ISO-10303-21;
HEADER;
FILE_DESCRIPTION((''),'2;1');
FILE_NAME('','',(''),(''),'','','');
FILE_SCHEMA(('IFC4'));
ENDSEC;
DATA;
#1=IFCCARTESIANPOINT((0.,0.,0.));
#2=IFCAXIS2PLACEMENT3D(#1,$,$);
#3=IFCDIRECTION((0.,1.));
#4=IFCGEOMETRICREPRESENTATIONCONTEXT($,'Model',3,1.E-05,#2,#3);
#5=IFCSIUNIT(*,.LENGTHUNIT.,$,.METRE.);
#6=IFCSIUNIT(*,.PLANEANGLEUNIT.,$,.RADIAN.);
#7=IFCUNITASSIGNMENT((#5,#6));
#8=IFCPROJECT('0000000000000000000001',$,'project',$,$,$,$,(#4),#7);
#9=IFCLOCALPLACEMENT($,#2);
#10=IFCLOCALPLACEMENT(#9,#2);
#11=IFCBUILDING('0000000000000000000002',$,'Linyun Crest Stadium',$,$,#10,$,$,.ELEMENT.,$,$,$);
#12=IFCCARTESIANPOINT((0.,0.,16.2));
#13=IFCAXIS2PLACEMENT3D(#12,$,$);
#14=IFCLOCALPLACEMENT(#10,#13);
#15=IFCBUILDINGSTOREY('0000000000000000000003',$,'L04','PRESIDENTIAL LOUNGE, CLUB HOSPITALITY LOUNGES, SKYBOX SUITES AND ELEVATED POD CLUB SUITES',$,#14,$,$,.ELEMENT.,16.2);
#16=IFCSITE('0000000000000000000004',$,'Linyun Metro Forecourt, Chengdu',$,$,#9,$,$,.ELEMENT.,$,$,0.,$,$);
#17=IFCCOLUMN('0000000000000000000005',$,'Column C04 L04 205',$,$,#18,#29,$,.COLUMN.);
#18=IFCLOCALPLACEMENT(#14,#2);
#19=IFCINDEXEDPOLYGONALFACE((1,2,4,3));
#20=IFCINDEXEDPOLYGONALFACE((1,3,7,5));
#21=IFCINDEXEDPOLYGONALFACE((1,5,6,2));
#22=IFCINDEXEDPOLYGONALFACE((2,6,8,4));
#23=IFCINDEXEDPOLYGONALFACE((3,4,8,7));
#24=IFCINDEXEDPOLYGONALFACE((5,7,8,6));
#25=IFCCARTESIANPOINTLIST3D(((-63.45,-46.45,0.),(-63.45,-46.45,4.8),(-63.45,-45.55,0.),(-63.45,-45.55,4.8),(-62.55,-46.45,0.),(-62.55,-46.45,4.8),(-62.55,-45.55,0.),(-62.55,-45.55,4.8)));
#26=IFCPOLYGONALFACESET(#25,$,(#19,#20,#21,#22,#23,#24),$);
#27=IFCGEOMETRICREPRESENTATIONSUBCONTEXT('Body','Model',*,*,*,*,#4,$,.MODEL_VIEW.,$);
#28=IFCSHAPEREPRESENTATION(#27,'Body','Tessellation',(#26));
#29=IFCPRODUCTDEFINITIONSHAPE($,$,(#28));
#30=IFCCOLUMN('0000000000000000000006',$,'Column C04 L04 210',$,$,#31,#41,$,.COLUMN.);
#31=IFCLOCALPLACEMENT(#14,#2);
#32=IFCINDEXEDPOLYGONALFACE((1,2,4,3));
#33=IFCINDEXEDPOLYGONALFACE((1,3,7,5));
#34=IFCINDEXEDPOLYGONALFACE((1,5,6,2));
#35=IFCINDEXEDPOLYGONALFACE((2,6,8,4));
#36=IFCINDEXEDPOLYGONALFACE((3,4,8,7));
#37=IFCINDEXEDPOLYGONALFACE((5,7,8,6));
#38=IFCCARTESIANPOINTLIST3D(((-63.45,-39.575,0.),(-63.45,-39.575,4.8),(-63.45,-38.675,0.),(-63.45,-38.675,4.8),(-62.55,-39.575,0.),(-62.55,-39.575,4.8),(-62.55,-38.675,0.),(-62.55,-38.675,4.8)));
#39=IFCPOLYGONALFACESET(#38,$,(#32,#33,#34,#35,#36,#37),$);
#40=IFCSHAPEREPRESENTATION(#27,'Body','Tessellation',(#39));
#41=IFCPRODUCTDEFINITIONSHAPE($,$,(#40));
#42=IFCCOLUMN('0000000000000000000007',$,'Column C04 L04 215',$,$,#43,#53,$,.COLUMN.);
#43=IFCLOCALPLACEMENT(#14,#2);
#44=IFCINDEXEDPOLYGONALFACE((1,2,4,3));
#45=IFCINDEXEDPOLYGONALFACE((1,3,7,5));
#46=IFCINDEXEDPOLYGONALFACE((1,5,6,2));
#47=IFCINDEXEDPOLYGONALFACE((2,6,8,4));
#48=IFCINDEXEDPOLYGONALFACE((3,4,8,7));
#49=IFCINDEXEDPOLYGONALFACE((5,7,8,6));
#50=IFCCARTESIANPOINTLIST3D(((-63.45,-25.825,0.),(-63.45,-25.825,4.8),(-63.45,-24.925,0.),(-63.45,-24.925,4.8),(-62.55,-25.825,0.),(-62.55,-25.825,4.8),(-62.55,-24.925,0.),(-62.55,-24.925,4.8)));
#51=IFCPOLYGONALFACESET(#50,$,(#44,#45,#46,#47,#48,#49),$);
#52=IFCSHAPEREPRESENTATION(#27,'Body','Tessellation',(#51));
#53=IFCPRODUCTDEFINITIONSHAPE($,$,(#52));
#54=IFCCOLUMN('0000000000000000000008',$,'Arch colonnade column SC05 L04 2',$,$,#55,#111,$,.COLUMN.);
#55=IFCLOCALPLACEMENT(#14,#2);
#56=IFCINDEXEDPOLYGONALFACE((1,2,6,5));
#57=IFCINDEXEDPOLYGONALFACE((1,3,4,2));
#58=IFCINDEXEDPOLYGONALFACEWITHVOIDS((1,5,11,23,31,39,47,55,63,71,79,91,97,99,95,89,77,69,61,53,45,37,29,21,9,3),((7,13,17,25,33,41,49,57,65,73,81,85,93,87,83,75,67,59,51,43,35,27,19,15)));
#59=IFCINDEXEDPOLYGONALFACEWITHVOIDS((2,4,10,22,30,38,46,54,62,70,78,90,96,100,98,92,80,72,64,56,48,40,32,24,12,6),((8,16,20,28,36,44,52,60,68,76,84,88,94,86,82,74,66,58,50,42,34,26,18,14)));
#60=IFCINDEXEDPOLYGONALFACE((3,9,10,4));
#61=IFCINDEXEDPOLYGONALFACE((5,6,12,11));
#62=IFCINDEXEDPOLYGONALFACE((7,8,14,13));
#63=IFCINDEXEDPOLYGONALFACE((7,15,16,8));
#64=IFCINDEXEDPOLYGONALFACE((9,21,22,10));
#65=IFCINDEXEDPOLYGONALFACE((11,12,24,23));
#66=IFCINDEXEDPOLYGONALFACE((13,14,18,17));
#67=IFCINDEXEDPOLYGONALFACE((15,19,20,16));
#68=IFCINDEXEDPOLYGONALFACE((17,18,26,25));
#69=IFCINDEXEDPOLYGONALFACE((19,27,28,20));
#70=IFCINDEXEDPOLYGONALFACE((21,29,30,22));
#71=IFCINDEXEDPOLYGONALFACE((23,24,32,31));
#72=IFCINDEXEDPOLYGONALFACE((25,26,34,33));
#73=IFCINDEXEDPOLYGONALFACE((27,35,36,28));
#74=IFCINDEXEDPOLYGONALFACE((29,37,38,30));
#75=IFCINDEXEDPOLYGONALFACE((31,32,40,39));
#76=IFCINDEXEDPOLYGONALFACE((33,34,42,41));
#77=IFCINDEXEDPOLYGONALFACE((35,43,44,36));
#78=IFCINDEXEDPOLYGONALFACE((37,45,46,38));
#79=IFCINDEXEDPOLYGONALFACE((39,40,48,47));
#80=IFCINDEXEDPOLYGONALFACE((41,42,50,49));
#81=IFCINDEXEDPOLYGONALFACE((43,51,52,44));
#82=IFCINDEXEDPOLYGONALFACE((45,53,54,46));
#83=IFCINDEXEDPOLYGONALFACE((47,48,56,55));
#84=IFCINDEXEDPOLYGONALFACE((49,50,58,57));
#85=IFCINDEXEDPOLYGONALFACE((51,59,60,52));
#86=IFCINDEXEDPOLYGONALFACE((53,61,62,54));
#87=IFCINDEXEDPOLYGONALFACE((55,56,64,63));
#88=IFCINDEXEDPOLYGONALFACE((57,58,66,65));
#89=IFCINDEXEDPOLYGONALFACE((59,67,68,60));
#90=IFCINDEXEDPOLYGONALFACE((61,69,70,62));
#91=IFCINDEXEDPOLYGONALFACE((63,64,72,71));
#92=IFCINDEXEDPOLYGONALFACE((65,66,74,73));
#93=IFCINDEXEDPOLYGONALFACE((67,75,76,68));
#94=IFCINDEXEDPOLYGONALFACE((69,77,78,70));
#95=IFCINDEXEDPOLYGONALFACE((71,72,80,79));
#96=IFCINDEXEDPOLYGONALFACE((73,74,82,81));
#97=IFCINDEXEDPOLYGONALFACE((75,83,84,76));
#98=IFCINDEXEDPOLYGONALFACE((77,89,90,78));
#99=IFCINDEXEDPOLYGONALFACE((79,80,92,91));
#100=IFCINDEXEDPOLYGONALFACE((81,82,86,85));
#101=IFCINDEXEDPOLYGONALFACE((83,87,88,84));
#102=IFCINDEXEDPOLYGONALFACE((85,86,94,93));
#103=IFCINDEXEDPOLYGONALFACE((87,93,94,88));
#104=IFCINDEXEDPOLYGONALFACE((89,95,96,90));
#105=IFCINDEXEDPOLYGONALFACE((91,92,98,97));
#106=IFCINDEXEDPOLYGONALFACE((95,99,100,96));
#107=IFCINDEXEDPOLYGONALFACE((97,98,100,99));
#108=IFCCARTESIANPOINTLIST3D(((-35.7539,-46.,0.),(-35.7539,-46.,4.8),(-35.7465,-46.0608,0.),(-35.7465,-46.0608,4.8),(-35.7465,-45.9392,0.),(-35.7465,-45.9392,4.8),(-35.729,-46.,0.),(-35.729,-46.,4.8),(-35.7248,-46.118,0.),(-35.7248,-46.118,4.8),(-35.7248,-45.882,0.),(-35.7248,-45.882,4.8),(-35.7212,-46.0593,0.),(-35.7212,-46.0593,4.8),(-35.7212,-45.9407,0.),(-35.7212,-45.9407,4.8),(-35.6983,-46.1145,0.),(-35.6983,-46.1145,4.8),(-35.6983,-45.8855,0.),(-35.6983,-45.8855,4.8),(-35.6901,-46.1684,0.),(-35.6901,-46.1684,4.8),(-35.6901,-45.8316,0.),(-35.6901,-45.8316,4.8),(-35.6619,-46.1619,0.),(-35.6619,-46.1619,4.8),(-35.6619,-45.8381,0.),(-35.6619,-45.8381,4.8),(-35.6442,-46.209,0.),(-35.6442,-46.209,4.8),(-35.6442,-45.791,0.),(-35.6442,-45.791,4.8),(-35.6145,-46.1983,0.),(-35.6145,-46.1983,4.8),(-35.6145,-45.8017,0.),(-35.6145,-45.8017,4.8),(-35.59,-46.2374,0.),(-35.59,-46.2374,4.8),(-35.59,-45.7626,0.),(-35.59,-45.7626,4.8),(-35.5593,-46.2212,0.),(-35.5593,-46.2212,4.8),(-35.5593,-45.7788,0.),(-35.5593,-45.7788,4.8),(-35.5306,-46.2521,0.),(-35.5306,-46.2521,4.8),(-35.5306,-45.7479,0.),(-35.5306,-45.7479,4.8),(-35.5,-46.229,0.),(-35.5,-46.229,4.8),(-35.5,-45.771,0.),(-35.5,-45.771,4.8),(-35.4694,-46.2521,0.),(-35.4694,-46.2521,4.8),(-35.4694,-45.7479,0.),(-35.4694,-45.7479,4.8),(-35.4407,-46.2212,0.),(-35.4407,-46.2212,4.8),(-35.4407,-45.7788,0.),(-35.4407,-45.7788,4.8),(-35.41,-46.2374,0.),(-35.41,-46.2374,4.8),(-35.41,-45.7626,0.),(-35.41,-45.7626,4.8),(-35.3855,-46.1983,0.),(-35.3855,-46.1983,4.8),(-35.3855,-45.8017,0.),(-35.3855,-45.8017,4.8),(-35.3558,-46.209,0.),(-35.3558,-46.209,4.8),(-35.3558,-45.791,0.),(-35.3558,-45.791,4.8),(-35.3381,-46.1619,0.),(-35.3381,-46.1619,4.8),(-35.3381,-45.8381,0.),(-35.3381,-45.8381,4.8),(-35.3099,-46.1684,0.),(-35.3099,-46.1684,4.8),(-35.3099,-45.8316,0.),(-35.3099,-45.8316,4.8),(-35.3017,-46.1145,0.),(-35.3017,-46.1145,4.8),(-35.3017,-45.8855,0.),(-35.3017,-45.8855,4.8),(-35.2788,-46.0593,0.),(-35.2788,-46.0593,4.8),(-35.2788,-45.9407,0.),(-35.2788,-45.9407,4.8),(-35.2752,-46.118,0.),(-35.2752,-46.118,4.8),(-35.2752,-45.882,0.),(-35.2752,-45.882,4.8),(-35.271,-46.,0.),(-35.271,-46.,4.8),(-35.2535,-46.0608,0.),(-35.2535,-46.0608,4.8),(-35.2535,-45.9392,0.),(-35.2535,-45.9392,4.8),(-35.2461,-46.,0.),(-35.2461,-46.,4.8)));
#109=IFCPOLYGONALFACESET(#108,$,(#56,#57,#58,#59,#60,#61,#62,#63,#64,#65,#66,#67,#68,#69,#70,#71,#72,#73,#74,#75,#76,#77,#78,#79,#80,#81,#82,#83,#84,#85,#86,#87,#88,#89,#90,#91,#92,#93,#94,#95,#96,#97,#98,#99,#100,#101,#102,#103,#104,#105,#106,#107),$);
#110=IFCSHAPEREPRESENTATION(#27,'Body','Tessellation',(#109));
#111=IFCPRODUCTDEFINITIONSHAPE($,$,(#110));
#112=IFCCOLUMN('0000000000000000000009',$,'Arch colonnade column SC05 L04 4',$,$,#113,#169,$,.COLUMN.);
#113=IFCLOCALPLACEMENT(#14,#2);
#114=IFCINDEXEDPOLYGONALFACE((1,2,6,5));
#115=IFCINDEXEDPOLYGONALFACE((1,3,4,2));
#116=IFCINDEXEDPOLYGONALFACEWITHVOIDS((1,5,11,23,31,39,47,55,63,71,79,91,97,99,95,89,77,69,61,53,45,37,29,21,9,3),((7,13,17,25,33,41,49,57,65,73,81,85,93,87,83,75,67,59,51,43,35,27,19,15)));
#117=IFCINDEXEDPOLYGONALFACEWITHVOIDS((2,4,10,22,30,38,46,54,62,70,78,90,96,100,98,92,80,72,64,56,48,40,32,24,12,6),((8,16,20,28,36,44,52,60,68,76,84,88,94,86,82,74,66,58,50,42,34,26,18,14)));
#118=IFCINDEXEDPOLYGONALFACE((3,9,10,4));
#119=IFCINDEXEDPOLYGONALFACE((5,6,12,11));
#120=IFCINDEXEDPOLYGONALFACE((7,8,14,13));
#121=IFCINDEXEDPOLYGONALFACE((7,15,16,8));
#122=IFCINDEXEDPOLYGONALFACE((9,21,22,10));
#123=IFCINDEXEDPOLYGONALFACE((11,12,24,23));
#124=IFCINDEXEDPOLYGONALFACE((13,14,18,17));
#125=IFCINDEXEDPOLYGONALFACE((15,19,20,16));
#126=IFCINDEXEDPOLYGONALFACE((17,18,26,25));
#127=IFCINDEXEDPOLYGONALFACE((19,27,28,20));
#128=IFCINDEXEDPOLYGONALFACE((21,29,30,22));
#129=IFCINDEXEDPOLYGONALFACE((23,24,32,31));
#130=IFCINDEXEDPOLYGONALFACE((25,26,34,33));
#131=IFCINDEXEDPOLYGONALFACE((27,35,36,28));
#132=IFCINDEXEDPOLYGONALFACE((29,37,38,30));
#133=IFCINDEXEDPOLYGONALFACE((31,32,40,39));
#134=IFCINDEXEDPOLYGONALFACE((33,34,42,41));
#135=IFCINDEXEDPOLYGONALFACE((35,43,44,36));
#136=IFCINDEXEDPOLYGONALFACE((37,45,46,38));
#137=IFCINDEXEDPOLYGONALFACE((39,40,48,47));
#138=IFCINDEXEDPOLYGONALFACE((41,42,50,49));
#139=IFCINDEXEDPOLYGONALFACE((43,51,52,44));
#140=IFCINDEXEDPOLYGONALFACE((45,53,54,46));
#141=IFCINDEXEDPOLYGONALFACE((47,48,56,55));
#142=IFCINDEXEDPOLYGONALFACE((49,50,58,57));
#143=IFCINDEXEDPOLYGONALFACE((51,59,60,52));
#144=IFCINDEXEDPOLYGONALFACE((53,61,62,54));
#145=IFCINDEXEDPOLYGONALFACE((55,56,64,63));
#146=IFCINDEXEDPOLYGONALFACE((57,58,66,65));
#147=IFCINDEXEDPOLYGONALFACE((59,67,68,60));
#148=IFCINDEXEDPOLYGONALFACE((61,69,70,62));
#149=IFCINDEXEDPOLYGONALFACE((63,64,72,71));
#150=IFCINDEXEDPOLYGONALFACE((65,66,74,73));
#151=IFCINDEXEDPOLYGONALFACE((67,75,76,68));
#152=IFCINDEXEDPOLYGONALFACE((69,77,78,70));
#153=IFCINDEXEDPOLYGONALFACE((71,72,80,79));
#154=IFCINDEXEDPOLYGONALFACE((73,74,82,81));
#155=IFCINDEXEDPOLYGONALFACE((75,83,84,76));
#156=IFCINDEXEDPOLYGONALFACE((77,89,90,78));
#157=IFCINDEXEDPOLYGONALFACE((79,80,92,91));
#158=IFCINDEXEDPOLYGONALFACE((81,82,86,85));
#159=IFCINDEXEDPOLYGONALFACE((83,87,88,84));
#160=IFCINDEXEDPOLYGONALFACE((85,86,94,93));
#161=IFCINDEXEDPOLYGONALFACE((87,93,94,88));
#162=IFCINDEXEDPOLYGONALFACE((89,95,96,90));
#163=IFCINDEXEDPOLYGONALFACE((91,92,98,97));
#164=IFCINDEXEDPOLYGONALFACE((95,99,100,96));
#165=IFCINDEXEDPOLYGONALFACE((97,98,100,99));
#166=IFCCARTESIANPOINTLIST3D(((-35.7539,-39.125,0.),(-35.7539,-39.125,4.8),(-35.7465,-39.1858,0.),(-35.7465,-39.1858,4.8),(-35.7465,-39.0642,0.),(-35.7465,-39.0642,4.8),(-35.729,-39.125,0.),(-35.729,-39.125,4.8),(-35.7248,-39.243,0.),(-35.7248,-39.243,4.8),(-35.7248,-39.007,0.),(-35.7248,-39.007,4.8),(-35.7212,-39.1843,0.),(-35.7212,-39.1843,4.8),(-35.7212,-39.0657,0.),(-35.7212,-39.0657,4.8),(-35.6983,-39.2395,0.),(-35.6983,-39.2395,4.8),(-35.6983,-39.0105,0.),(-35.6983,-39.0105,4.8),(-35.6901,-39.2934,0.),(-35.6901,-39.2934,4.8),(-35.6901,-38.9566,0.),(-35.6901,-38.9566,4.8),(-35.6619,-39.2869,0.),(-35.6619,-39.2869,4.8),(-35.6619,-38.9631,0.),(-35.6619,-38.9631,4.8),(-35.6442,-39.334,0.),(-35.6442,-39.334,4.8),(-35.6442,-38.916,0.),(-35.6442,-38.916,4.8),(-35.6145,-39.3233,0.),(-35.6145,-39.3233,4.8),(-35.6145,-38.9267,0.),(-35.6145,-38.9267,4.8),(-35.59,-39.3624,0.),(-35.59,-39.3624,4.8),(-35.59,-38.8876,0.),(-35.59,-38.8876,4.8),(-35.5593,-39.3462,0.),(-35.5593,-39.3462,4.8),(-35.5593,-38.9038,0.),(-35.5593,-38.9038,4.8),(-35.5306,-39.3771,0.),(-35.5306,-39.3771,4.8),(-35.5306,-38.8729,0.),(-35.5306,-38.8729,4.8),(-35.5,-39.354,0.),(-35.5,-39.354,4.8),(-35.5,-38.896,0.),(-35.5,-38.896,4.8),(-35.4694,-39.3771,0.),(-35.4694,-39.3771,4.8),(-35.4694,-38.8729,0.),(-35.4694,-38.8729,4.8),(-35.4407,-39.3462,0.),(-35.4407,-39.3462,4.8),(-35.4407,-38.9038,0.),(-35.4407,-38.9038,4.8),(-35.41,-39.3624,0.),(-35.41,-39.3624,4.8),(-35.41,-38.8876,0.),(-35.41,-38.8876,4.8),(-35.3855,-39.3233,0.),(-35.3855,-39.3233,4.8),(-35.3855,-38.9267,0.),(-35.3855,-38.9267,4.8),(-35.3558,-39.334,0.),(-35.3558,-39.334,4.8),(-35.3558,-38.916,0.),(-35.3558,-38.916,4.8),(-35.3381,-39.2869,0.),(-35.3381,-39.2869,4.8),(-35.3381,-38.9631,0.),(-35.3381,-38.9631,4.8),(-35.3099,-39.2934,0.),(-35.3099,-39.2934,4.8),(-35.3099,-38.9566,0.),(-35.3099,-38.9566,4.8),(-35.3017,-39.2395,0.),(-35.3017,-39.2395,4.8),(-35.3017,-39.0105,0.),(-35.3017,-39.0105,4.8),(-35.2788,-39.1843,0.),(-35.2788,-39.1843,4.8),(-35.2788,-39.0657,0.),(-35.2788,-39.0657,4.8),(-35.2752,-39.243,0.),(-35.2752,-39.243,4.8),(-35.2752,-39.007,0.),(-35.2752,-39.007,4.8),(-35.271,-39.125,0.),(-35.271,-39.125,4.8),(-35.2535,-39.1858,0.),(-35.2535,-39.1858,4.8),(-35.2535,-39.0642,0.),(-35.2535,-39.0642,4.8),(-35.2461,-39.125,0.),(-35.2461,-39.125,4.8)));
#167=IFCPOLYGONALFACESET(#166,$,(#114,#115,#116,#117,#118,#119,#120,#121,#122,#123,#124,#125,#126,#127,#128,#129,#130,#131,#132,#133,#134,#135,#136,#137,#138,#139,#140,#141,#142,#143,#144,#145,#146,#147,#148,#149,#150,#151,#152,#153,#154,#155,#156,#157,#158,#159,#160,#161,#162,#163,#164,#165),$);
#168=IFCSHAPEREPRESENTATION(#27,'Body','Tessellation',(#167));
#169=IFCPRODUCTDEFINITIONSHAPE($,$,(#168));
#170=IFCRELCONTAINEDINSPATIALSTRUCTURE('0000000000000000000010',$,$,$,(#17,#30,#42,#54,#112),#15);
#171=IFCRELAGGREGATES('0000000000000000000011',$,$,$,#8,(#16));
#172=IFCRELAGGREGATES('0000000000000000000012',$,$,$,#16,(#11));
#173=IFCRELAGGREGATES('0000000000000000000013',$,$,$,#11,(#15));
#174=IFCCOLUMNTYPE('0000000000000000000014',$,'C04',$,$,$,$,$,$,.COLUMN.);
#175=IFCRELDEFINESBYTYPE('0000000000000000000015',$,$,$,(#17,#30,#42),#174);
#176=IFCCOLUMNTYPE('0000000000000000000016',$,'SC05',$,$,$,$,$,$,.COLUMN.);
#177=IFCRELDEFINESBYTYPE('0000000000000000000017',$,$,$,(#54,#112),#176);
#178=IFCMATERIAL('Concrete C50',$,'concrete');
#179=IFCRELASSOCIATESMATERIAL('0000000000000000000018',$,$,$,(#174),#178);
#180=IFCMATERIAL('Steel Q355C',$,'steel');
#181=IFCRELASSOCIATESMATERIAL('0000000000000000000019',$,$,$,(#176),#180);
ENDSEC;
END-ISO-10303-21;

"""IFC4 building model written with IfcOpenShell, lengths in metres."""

from ifc_helpers import new_model, si_unit, direction, frame, origin, origin_2d, place, context, subcontext, project, spatial, rectangle, hollow_circle, extrude, material, material_profile, profile_set, type_object, element, save


model = new_model("IFC4")

# Units and contexts
model_context = context("Model", 3, precision=1e-05, world=origin(), true_north=direction((0.0, 1.0)))
body_context = subcontext(model_context, "Body", "Model", "MODEL_VIEW")
ifc_project = project(units=[si_unit("LENGTHUNIT", "METRE"), si_unit("PLANEANGLEUNIT", "RADIAN")], contexts=[model_context])

# Site, building, storey
site_placement = place(None, origin())
site = spatial("IfcSite", under=ifc_project, at=site_placement, Name="Linyun Metro Forecourt, Chengdu", CompositionType="ELEMENT", RefElevation=0.0)
building_placement = place(site_placement, origin())
building = spatial("IfcBuilding", under=site, at=building_placement, Name="Linyun Crest Stadium", CompositionType="ELEMENT")
storey_placement = place(building_placement, frame((0.0, 0.0, 16.2)))
storey = spatial("IfcBuildingStorey", under=building, at=storey_placement, Name="L04", Description="PRESIDENTIAL LOUNGE, CLUB HOSPITALITY LOUNGES, SKYBOX SUITES AND ELEVATED POD CLUB SUITES", CompositionType="ELEMENT", Elevation=16.2)

# Columns
ifc_material_1 = material(Name="Concrete C50", Category="concrete")
ifc_material_profile_1 = material_profile(ifc_material_1, rectangle(XDim=0.8999, YDim=0.8999, at=origin_2d()), Name="RC 900x900")
ifc_profile_set_1 = profile_set([ifc_material_profile_1], Name="Concrete C50")
column_type_1 = type_object("IfcColumnType", Name="C04", PredefinedType="COLUMN", material=ifc_profile_set_1)
for number, where, z_axis, x_axis, name in (
    (1, (-63.0, -46.0, 0.0), (0.0, 0.0, 1.0), (1.0, 0.0, 0.0), "Column C04 L04 205"),
    (2, (-63.0, -39.125, 0.0), (0.0, 0.0, 1.0), (1.0, 0.0, 0.0), "Column C04 L04 210"),
    (3, (-63.0, -25.375, 0.0), (0.0, 0.0, 1.0), (1.0, 0.0, 0.0), "Column C04 L04 215"),
):
    element("IfcColumn", number, at=place(storey_placement, frame(where, z_axis=z_axis, x_axis=x_axis)), inside=storey, type_object=column_type_1, Name=name, PredefinedType="COLUMN", context=body_context, shape_type="SweptSolid", body=[
        extrude(rectangle(XDim=0.8999, YDim=0.8999, at=origin_2d()), origin(), (0.0, 0.0, 1.0), 4.8),
    ])
ifc_material_2 = material(Name="Steel Q355C", Category="steel")
ifc_material_profile_2 = material_profile(ifc_material_2, hollow_circle(Radius=0.2539, WallThickness=0.0249, at=origin_2d()), Name="CHS 508x25")
ifc_profile_set_2 = profile_set([ifc_material_profile_2], Name="Steel Q355C")
column_type_2 = type_object("IfcColumnType", Name="SC05", PredefinedType="COLUMN", material=ifc_profile_set_2)
for number, where, z_axis, x_axis, name in (
    (4, (-35.5, -46.0, 0.0), (0.0, 0.0, 1.0), (1.0, 0.0, 0.0), "Arch colonnade column SC05 L04 2"),
    (5, (-35.5, -39.125, 0.0), (0.0, 0.0, 1.0), (1.0, 0.0, 0.0), "Arch colonnade column SC05 L04 4"),
):
    element("IfcColumn", number, at=place(storey_placement, frame(where, z_axis=z_axis, x_axis=x_axis)), inside=storey, type_object=column_type_2, Name=name, PredefinedType="COLUMN", context=body_context, shape_type="SweptSolid", body=[
        extrude(hollow_circle(Radius=0.2539, WallThickness=0.0249, at=origin_2d()), origin(), (0.0, 0.0, 1.0), 4.8),
    ])

save(model, "model.ifc")
